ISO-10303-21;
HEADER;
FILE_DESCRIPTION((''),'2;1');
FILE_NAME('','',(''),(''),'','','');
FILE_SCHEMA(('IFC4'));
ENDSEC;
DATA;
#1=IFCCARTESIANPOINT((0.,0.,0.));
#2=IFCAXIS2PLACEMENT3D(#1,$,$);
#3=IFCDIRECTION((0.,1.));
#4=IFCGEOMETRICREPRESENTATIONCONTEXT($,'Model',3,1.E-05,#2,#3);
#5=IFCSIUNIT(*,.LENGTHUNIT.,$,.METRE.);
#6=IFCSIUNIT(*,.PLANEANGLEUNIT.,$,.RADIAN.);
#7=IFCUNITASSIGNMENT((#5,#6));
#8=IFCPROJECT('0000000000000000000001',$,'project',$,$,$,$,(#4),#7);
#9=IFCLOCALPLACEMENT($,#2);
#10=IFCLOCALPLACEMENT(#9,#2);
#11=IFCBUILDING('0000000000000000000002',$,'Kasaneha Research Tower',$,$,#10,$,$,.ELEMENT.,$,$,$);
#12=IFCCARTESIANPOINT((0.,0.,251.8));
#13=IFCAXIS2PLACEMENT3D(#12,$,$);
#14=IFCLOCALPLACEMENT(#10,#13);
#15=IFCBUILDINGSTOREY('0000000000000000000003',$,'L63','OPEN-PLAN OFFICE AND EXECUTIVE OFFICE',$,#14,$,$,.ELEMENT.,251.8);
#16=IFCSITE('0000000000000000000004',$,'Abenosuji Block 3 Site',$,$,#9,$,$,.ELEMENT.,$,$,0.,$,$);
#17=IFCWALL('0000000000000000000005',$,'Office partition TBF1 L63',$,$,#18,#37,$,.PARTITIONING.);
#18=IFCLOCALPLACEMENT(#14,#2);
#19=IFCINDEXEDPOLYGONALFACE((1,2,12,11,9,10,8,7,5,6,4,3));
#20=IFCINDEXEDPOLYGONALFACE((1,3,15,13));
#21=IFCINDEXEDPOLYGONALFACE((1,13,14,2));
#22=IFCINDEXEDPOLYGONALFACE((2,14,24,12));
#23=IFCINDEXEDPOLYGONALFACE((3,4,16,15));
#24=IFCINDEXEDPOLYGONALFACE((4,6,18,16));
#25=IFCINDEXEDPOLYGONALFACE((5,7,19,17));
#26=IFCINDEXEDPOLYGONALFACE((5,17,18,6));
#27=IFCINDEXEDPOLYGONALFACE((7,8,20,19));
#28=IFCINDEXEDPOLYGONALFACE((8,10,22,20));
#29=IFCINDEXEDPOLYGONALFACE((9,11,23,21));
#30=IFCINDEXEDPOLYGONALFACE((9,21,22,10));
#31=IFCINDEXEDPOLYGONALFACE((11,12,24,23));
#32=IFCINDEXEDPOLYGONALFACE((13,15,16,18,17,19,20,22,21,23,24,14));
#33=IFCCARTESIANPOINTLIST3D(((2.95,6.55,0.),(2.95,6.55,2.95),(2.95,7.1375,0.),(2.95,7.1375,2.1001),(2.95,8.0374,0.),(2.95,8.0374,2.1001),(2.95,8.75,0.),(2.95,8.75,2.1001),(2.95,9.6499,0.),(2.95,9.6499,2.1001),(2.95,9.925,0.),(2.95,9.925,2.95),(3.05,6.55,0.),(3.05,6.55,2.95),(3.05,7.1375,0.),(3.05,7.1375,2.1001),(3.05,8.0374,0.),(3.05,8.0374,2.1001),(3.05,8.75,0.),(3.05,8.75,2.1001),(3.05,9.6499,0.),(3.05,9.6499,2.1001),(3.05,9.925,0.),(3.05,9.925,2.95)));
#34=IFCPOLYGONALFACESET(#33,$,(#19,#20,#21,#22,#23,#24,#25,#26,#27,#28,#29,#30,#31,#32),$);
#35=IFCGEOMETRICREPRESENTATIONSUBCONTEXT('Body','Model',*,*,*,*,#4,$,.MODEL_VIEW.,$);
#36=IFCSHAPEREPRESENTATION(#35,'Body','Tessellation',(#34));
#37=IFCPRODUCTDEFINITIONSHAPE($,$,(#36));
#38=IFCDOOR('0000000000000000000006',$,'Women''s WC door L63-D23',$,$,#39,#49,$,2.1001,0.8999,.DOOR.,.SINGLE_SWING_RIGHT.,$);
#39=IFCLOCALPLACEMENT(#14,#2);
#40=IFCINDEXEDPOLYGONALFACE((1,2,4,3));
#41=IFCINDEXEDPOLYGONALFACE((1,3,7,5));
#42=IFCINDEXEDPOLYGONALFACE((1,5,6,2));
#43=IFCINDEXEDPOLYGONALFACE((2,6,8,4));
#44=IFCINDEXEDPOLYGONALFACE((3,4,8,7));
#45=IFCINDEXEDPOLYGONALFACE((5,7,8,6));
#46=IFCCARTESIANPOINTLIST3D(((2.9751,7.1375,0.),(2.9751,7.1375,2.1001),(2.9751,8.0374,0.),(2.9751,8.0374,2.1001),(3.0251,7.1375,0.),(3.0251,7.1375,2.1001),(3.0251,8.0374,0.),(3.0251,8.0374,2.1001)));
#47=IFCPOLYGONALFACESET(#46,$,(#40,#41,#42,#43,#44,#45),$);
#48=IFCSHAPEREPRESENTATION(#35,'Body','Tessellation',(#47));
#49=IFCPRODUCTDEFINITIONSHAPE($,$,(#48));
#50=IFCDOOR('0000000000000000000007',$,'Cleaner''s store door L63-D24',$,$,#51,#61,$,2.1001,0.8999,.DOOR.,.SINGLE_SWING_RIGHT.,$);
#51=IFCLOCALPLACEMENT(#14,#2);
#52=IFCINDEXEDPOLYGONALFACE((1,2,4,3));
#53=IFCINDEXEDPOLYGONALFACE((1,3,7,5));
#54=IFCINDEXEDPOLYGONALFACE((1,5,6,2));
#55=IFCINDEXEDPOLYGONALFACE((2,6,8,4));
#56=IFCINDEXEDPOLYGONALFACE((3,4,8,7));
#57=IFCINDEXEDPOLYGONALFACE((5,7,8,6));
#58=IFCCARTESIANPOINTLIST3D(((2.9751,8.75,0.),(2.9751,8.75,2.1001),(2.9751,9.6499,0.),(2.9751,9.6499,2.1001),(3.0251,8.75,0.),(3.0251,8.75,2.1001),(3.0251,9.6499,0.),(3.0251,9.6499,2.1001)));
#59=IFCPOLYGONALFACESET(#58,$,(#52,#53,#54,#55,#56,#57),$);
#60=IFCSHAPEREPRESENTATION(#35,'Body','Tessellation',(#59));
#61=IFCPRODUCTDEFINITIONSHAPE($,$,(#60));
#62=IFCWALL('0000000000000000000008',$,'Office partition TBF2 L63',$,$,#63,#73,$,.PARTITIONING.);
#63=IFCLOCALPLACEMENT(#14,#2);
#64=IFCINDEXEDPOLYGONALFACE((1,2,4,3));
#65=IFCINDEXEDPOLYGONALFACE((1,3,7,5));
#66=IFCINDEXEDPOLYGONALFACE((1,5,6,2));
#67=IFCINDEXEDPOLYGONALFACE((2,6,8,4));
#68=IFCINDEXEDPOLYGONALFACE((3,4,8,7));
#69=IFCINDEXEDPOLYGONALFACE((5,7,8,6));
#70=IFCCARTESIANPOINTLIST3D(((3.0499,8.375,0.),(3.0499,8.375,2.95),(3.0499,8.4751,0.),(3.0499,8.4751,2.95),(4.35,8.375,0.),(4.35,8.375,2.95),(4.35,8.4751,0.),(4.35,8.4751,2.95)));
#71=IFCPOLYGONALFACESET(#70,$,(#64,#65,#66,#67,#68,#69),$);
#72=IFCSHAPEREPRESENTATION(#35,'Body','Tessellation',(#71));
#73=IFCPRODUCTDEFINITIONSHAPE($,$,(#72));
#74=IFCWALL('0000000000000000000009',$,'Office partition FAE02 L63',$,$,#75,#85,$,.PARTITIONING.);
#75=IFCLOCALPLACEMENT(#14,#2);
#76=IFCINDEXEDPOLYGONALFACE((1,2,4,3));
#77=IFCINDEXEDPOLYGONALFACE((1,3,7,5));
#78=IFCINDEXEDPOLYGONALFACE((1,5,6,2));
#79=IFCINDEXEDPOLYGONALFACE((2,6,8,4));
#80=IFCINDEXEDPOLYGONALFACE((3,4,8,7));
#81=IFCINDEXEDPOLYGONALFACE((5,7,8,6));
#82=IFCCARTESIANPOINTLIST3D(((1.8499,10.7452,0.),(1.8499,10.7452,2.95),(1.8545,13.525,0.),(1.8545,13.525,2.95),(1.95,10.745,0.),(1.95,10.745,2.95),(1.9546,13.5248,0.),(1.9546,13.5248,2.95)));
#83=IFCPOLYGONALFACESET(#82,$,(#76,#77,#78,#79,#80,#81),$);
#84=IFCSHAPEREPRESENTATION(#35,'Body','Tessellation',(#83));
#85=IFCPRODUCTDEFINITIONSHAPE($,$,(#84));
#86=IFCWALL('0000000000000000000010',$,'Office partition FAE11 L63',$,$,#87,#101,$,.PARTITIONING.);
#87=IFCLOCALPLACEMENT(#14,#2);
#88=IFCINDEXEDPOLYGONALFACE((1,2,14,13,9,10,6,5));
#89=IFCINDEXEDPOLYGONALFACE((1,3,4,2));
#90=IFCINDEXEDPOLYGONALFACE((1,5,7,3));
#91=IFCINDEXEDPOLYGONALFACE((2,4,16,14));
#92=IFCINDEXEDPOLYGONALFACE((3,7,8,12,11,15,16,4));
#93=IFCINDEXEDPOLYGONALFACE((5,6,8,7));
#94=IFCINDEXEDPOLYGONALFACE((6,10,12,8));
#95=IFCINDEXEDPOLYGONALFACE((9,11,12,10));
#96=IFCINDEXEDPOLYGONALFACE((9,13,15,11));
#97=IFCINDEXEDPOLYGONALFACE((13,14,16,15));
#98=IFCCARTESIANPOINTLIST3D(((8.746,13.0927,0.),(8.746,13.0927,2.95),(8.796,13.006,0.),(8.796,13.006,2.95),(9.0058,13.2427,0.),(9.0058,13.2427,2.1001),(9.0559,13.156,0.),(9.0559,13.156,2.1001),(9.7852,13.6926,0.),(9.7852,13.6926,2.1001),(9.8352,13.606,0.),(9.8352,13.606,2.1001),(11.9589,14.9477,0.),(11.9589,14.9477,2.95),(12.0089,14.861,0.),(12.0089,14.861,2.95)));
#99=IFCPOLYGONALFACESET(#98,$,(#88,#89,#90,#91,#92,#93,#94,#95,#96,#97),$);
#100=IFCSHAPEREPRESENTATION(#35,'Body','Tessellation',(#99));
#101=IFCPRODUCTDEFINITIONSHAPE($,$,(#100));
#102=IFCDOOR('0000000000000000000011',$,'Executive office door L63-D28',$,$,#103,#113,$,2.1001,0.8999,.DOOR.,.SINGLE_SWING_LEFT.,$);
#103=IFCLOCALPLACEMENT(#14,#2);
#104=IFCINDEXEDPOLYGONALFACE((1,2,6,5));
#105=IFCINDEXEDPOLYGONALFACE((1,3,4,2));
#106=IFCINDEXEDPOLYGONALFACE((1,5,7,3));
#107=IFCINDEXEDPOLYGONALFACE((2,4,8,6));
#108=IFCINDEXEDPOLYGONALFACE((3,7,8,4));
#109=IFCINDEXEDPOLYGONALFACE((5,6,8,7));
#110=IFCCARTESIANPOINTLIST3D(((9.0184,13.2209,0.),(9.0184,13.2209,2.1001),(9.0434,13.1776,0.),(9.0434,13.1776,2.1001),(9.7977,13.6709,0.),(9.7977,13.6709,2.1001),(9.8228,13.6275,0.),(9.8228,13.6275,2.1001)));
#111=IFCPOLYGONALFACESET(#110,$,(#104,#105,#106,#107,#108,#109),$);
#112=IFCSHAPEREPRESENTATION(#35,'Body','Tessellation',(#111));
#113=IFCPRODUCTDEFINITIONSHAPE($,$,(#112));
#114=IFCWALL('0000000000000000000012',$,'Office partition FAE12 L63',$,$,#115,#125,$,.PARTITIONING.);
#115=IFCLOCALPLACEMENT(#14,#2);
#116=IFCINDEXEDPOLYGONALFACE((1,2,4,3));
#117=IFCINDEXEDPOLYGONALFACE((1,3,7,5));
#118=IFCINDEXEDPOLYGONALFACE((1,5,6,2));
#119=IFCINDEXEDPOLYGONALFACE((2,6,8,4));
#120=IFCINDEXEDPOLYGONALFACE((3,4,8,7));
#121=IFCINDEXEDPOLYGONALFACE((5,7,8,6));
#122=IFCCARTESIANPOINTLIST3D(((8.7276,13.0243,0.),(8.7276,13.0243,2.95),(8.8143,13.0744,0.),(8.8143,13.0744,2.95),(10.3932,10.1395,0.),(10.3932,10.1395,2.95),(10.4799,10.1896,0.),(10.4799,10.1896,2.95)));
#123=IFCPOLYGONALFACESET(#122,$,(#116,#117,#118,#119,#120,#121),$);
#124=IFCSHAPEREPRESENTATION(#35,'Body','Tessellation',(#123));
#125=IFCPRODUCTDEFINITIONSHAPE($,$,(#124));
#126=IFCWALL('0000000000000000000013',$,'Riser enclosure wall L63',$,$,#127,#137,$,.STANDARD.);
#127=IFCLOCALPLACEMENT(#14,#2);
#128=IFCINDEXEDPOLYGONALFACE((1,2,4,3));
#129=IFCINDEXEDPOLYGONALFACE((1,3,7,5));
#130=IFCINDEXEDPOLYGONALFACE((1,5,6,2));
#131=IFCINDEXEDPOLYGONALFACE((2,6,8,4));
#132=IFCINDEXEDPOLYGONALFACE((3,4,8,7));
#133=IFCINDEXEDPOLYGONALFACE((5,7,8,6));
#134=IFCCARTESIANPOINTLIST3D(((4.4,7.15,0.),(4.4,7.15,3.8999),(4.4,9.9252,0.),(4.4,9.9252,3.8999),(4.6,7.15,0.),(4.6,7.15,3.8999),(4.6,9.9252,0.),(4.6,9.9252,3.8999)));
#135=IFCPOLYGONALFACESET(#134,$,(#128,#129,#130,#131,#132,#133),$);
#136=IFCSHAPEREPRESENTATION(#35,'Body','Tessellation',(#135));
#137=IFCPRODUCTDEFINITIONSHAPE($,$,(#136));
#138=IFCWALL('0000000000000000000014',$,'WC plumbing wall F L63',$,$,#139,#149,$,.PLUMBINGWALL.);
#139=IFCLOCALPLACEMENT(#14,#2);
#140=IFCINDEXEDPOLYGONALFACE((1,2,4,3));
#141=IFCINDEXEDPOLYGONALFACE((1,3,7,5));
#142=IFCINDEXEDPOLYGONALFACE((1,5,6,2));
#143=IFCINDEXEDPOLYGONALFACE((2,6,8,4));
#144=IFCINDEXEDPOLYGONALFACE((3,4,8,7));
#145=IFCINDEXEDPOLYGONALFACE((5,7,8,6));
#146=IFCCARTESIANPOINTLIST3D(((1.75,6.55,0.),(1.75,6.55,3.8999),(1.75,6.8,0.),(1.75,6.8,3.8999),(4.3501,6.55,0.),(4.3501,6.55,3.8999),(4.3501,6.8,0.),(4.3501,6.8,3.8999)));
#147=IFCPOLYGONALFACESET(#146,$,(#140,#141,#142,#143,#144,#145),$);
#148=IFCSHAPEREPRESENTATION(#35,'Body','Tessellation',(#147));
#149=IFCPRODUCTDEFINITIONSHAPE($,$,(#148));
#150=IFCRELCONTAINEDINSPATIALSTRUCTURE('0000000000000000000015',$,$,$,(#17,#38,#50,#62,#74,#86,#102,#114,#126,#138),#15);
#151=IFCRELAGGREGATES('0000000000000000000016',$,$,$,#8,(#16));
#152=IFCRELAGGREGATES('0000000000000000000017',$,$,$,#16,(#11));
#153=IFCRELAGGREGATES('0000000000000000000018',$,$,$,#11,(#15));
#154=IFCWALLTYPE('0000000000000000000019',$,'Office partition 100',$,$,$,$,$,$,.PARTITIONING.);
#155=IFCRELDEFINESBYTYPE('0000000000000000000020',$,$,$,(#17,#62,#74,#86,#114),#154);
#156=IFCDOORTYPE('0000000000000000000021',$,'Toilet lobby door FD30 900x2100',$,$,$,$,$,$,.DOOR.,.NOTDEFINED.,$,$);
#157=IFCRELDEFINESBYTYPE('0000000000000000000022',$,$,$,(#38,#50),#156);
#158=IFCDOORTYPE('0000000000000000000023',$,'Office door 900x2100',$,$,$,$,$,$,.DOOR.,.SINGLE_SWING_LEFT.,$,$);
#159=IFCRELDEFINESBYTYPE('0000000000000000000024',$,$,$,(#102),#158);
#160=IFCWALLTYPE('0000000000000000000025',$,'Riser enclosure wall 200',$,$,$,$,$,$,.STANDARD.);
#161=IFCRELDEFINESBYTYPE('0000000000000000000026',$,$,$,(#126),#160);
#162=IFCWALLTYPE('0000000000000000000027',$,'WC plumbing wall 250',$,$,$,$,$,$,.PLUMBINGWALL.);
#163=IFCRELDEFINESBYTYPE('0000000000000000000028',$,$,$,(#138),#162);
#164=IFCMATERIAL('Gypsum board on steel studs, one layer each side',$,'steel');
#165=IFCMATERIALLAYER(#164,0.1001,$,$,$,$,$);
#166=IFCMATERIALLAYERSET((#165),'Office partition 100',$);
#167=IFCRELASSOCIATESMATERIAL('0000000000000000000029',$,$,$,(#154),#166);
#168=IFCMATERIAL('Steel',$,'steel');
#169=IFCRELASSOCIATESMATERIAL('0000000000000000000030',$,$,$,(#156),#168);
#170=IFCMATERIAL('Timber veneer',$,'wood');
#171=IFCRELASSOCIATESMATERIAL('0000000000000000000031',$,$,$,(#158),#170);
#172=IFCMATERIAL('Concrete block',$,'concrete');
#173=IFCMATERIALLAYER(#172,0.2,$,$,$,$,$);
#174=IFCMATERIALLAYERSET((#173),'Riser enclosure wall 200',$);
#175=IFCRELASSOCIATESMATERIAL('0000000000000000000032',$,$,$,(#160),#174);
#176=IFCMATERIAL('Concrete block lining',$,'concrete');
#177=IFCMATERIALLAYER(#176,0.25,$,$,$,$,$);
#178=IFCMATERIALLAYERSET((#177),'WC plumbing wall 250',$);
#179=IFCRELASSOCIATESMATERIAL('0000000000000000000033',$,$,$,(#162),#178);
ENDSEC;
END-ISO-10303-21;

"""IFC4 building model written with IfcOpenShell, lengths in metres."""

from ifc_helpers import new_model, si_unit, direction, frame, frame_2d, origin, place, context, subcontext, project, spatial, rectangle, extrude, material, layer, layer_set, type_object, element, fill, save


model = new_model("IFC4")

# Units and contexts
model_context = context("Model", 3, precision=1e-05, world=origin(), true_north=direction((0.0, 1.0)))
body_context = subcontext(model_context, "Body", "Model", "MODEL_VIEW")
ifc_project = project(units=[si_unit("LENGTHUNIT", "METRE"), si_unit("PLANEANGLEUNIT", "RADIAN")], contexts=[model_context])

# Site, building, storey
site_placement = place(None, origin())
site = spatial("IfcSite", under=ifc_project, at=site_placement, Name="Abenosuji Block 3 Site", CompositionType="ELEMENT", RefElevation=0.0)
building_placement = place(site_placement, origin())
building = spatial("IfcBuilding", under=site, at=building_placement, Name="Kasaneha Research Tower", CompositionType="ELEMENT")
storey_placement = place(building_placement, frame((0.0, 0.0, 251.8)))
storey = spatial("IfcBuildingStorey", under=building, at=storey_placement, Name="L63", Description="OPEN-PLAN OFFICE AND EXECUTIVE OFFICE", CompositionType="ELEMENT", Elevation=251.8)

# Wall, openings, doors
ifc_material_1 = material(Name="Gypsum board on steel studs, one layer each side", Category="steel")
ifc_layer_1 = layer(ifc_material_1, 0.1001)
ifc_layer_set_1 = layer_set([ifc_layer_1], Name="Office partition 100")
wall_type_1 = type_object("IfcWallType", Name="Office partition 100", PredefinedType="PARTITIONING", material=ifc_layer_set_1)
wall_1_placement = place(storey_placement, frame((3.0, 6.55, 0.0), z_axis=(0.0, 0.0, 1.0), x_axis=(0.0, 1.0, 0.0)))
wall_1 = element("IfcWall", 1, at=wall_1_placement, inside=storey, type_object=wall_type_1, Name="Office partition TBF1 L63", PredefinedType="PARTITIONING", context=body_context, shape_type="SweptSolid", body=[
    extrude(rectangle(XDim=3.375, YDim=0.1001, at=frame_2d((1.6875, 0.0))), origin(), (0.0, 0.0, 1.0), 2.95),
])
opening_1_placement = place(wall_1_placement, frame((0.5874, 0.0, 0.0)))
opening_1 = element("IfcOpeningElement", 2, at=opening_1_placement, cuts=wall_1, PredefinedType="OPENING", context=body_context, shape_type="SweptSolid", body=[
    extrude(rectangle(XDim=0.8999, YDim=2.1001, at=frame_2d((0.45, 1.05))), frame((0.0, 0.0601, 0.0), z_axis=(0.0, -1.0, 0.0), x_axis=(1.0, 0.0, 0.0)), (0.0, 0.0, 1.0), 0.1201),
])
opening_2_placement = place(wall_1_placement, frame((2.2, 0.0, 0.0)))
opening_2 = element("IfcOpeningElement", 3, at=opening_2_placement, cuts=wall_1, PredefinedType="OPENING", context=body_context, shape_type="SweptSolid", body=[
    extrude(rectangle(XDim=0.8999, YDim=2.1001, at=frame_2d((0.45, 1.05))), frame((0.0, 0.0601, 0.0), z_axis=(0.0, -1.0, 0.0), x_axis=(1.0, 0.0, 0.0)), (0.0, 0.0, 1.0), 0.1201),
])
ifc_material_2 = material(Name="Steel", Category="steel")
door_type_1 = type_object("IfcDoorType", Name="Toilet lobby door FD30 900x2100", OperationType="NOTDEFINED", PredefinedType="DOOR", material=ifc_material_2)
door_1_placement = place(opening_1_placement, origin())
door_1 = element("IfcDoor", 4, at=door_1_placement, inside=storey, type_object=door_type_1, Name="Women's WC door L63-D23", OperationType="SINGLE_SWING_RIGHT", OverallHeight=2.1001, OverallWidth=0.8999, PredefinedType="DOOR", context=body_context, shape_type="SweptSolid", body=[
    extrude(rectangle(XDim=0.8999, YDim=2.1001, at=frame_2d((0.45, 1.05))), frame((0.0, 0.0249, 0.0), z_axis=(0.0, -1.0, 0.0), x_axis=(1.0, 0.0, 0.0)), (0.0, 0.0, 1.0), 0.05),
])
fill(opening_1, door_1)
door_2_placement = place(opening_2_placement, origin())
door_2 = element("IfcDoor", 5, at=door_2_placement, inside=storey, type_object=door_type_1, Name="Cleaner's store door L63-D24", OperationType="SINGLE_SWING_RIGHT", OverallHeight=2.1001, OverallWidth=0.8999, PredefinedType="DOOR", context=body_context, shape_type="SweptSolid", body=[
    extrude(rectangle(XDim=0.8999, YDim=2.1001, at=frame_2d((0.45, 1.05))), frame((0.0, 0.0249, 0.0), z_axis=(0.0, -1.0, 0.0), x_axis=(1.0, 0.0, 0.0)), (0.0, 0.0, 1.0), 0.05),
])
fill(opening_2, door_2)

# Walls
wall_2_placement = place(storey_placement, frame((3.05, 8.425, 0.0), z_axis=(0.0, 0.0, 1.0), x_axis=(1.0, 0.0, 0.0)))
element("IfcWall", 6, at=wall_2_placement, inside=storey, type_object=wall_type_1, Name="Office partition TBF2 L63", PredefinedType="PARTITIONING", context=body_context, shape_type="SweptSolid", body=[
    extrude(rectangle(XDim=1.3, YDim=0.1001, at=frame_2d((0.6499, 0.0))), origin(), (0.0, 0.0, 1.0), 2.95),
])
wall_3_placement = place(storey_placement, frame((1.8999, 10.7451, 0.0), z_axis=(0.0, 0.0, 1.0), x_axis=(0.001669, 0.999999, 0.0)))
element("IfcWall", 7, at=wall_3_placement, inside=storey, type_object=wall_type_1, Name="Office partition FAE02 L63", PredefinedType="PARTITIONING", context=body_context, shape_type="SweptSolid", body=[
    extrude(rectangle(XDim=2.7798, YDim=0.1001, at=frame_2d((1.3899, 0.0))), origin(), (0.0, 0.0, 1.0), 2.95),
])

# Wall, opening, door
wall_4_placement = place(storey_placement, frame((8.771, 13.0493, 0.0), z_axis=(0.0, 0.0, 1.0), x_axis=(0.866023, 0.500003, 0.0)))
wall_4 = element("IfcWall", 8, at=wall_4_placement, inside=storey, type_object=wall_type_1, Name="Office partition FAE11 L63", PredefinedType="PARTITIONING", context=body_context, shape_type="SweptSolid", body=[
    extrude(rectangle(XDim=3.71, YDim=0.1001, at=frame_2d((1.855, 0.0))), origin(), (0.0, 0.0, 1.0), 2.95),
])
opening_3_placement = place(wall_4_placement, frame((0.3, 0.0, 0.0)))
opening_3 = element("IfcOpeningElement", 9, at=opening_3_placement, cuts=wall_4, PredefinedType="OPENING", context=body_context, shape_type="SweptSolid", body=[
    extrude(rectangle(XDim=0.8999, YDim=2.1001, at=frame_2d((0.45, 1.05))), frame((0.0, 0.0601, 0.0), z_axis=(0.0, -1.0, 0.0), x_axis=(1.0, 0.0, 0.0)), (0.0, 0.0, 1.0), 0.1201),
])
ifc_material_3 = material(Name="Timber veneer", Category="wood")
door_type_2 = type_object("IfcDoorType", Name="Office door 900x2100", OperationType="SINGLE_SWING_LEFT", PredefinedType="DOOR", material=ifc_material_3)
door_3_placement = place(opening_3_placement, origin())
door_3 = element("IfcDoor", 10, at=door_3_placement, inside=storey, type_object=door_type_2, Name="Executive office door L63-D28", OperationType="SINGLE_SWING_LEFT", OverallHeight=2.1001, OverallWidth=0.8999, PredefinedType="DOOR", context=body_context, shape_type="SweptSolid", body=[
    extrude(rectangle(XDim=0.8999, YDim=2.1001, at=frame_2d((0.45, 1.05))), frame((0.0, 0.0249, 0.0), z_axis=(0.0, -1.0, 0.0), x_axis=(1.0, 0.0, 0.0)), (0.0, 0.0, 1.0), 0.05),
])
fill(opening_3, door_3)

# Walls
wall_5_placement = place(storey_placement, frame((10.4365, 10.1646, 0.0), z_axis=(0.0, 0.0, 1.0), x_axis=(-0.500002, 0.866024, 0.0)))
element("IfcWall", 11, at=wall_5_placement, inside=storey, type_object=wall_type_1, Name="Office partition FAE12 L63", PredefinedType="PARTITIONING", context=body_context, shape_type="SweptSolid", body=[
    extrude(rectangle(XDim=3.3311, YDim=0.1001, at=frame_2d((1.6655, 0.0))), origin(), (0.0, 0.0, 1.0), 2.95),
])
ifc_material_4 = material(Name="Concrete block", Category="concrete")
ifc_layer_2 = layer(ifc_material_4, 0.2)
ifc_layer_set_2 = layer_set([ifc_layer_2], Name="Riser enclosure wall 200")
wall_type_2 = type_object("IfcWallType", Name="Riser enclosure wall 200", PredefinedType="STANDARD", material=ifc_layer_set_2)
wall_6_placement = place(storey_placement, frame((4.5, 7.1499, 0.0), z_axis=(0.0, 0.0, 1.0), x_axis=(0.0, 1.0, 0.0)))
element("IfcWall", 12, at=wall_6_placement, inside=storey, type_object=wall_type_2, Name="Riser enclosure wall L63", PredefinedType="STANDARD", context=body_context, shape_type="SweptSolid", body=[
    extrude(rectangle(XDim=2.7751, YDim=0.2, at=frame_2d((1.3877, 0.0))), origin(), (0.0, 0.0, 1.0), 3.8999),
])
ifc_material_5 = material(Name="Concrete block lining", Category="concrete")
ifc_layer_3 = layer(ifc_material_5, 0.25)
ifc_layer_set_3 = layer_set([ifc_layer_3], Name="WC plumbing wall 250")
wall_type_3 = type_object("IfcWallType", Name="WC plumbing wall 250", PredefinedType="PLUMBINGWALL", material=ifc_layer_set_3)
wall_7_placement = place(storey_placement, frame((1.75, 6.675, 0.0), z_axis=(0.0, 0.0, 1.0), x_axis=(1.0, 0.0, 0.0)))
element("IfcWall", 13, at=wall_7_placement, inside=storey, type_object=wall_type_3, Name="WC plumbing wall F L63", PredefinedType="PLUMBINGWALL", context=body_context, shape_type="SweptSolid", body=[
    extrude(rectangle(XDim=2.6001, YDim=0.25, at=frame_2d((1.3, 0.0))), origin(), (0.0, 0.0, 1.0), 3.8999),
])

save(model, "model.ifc")
